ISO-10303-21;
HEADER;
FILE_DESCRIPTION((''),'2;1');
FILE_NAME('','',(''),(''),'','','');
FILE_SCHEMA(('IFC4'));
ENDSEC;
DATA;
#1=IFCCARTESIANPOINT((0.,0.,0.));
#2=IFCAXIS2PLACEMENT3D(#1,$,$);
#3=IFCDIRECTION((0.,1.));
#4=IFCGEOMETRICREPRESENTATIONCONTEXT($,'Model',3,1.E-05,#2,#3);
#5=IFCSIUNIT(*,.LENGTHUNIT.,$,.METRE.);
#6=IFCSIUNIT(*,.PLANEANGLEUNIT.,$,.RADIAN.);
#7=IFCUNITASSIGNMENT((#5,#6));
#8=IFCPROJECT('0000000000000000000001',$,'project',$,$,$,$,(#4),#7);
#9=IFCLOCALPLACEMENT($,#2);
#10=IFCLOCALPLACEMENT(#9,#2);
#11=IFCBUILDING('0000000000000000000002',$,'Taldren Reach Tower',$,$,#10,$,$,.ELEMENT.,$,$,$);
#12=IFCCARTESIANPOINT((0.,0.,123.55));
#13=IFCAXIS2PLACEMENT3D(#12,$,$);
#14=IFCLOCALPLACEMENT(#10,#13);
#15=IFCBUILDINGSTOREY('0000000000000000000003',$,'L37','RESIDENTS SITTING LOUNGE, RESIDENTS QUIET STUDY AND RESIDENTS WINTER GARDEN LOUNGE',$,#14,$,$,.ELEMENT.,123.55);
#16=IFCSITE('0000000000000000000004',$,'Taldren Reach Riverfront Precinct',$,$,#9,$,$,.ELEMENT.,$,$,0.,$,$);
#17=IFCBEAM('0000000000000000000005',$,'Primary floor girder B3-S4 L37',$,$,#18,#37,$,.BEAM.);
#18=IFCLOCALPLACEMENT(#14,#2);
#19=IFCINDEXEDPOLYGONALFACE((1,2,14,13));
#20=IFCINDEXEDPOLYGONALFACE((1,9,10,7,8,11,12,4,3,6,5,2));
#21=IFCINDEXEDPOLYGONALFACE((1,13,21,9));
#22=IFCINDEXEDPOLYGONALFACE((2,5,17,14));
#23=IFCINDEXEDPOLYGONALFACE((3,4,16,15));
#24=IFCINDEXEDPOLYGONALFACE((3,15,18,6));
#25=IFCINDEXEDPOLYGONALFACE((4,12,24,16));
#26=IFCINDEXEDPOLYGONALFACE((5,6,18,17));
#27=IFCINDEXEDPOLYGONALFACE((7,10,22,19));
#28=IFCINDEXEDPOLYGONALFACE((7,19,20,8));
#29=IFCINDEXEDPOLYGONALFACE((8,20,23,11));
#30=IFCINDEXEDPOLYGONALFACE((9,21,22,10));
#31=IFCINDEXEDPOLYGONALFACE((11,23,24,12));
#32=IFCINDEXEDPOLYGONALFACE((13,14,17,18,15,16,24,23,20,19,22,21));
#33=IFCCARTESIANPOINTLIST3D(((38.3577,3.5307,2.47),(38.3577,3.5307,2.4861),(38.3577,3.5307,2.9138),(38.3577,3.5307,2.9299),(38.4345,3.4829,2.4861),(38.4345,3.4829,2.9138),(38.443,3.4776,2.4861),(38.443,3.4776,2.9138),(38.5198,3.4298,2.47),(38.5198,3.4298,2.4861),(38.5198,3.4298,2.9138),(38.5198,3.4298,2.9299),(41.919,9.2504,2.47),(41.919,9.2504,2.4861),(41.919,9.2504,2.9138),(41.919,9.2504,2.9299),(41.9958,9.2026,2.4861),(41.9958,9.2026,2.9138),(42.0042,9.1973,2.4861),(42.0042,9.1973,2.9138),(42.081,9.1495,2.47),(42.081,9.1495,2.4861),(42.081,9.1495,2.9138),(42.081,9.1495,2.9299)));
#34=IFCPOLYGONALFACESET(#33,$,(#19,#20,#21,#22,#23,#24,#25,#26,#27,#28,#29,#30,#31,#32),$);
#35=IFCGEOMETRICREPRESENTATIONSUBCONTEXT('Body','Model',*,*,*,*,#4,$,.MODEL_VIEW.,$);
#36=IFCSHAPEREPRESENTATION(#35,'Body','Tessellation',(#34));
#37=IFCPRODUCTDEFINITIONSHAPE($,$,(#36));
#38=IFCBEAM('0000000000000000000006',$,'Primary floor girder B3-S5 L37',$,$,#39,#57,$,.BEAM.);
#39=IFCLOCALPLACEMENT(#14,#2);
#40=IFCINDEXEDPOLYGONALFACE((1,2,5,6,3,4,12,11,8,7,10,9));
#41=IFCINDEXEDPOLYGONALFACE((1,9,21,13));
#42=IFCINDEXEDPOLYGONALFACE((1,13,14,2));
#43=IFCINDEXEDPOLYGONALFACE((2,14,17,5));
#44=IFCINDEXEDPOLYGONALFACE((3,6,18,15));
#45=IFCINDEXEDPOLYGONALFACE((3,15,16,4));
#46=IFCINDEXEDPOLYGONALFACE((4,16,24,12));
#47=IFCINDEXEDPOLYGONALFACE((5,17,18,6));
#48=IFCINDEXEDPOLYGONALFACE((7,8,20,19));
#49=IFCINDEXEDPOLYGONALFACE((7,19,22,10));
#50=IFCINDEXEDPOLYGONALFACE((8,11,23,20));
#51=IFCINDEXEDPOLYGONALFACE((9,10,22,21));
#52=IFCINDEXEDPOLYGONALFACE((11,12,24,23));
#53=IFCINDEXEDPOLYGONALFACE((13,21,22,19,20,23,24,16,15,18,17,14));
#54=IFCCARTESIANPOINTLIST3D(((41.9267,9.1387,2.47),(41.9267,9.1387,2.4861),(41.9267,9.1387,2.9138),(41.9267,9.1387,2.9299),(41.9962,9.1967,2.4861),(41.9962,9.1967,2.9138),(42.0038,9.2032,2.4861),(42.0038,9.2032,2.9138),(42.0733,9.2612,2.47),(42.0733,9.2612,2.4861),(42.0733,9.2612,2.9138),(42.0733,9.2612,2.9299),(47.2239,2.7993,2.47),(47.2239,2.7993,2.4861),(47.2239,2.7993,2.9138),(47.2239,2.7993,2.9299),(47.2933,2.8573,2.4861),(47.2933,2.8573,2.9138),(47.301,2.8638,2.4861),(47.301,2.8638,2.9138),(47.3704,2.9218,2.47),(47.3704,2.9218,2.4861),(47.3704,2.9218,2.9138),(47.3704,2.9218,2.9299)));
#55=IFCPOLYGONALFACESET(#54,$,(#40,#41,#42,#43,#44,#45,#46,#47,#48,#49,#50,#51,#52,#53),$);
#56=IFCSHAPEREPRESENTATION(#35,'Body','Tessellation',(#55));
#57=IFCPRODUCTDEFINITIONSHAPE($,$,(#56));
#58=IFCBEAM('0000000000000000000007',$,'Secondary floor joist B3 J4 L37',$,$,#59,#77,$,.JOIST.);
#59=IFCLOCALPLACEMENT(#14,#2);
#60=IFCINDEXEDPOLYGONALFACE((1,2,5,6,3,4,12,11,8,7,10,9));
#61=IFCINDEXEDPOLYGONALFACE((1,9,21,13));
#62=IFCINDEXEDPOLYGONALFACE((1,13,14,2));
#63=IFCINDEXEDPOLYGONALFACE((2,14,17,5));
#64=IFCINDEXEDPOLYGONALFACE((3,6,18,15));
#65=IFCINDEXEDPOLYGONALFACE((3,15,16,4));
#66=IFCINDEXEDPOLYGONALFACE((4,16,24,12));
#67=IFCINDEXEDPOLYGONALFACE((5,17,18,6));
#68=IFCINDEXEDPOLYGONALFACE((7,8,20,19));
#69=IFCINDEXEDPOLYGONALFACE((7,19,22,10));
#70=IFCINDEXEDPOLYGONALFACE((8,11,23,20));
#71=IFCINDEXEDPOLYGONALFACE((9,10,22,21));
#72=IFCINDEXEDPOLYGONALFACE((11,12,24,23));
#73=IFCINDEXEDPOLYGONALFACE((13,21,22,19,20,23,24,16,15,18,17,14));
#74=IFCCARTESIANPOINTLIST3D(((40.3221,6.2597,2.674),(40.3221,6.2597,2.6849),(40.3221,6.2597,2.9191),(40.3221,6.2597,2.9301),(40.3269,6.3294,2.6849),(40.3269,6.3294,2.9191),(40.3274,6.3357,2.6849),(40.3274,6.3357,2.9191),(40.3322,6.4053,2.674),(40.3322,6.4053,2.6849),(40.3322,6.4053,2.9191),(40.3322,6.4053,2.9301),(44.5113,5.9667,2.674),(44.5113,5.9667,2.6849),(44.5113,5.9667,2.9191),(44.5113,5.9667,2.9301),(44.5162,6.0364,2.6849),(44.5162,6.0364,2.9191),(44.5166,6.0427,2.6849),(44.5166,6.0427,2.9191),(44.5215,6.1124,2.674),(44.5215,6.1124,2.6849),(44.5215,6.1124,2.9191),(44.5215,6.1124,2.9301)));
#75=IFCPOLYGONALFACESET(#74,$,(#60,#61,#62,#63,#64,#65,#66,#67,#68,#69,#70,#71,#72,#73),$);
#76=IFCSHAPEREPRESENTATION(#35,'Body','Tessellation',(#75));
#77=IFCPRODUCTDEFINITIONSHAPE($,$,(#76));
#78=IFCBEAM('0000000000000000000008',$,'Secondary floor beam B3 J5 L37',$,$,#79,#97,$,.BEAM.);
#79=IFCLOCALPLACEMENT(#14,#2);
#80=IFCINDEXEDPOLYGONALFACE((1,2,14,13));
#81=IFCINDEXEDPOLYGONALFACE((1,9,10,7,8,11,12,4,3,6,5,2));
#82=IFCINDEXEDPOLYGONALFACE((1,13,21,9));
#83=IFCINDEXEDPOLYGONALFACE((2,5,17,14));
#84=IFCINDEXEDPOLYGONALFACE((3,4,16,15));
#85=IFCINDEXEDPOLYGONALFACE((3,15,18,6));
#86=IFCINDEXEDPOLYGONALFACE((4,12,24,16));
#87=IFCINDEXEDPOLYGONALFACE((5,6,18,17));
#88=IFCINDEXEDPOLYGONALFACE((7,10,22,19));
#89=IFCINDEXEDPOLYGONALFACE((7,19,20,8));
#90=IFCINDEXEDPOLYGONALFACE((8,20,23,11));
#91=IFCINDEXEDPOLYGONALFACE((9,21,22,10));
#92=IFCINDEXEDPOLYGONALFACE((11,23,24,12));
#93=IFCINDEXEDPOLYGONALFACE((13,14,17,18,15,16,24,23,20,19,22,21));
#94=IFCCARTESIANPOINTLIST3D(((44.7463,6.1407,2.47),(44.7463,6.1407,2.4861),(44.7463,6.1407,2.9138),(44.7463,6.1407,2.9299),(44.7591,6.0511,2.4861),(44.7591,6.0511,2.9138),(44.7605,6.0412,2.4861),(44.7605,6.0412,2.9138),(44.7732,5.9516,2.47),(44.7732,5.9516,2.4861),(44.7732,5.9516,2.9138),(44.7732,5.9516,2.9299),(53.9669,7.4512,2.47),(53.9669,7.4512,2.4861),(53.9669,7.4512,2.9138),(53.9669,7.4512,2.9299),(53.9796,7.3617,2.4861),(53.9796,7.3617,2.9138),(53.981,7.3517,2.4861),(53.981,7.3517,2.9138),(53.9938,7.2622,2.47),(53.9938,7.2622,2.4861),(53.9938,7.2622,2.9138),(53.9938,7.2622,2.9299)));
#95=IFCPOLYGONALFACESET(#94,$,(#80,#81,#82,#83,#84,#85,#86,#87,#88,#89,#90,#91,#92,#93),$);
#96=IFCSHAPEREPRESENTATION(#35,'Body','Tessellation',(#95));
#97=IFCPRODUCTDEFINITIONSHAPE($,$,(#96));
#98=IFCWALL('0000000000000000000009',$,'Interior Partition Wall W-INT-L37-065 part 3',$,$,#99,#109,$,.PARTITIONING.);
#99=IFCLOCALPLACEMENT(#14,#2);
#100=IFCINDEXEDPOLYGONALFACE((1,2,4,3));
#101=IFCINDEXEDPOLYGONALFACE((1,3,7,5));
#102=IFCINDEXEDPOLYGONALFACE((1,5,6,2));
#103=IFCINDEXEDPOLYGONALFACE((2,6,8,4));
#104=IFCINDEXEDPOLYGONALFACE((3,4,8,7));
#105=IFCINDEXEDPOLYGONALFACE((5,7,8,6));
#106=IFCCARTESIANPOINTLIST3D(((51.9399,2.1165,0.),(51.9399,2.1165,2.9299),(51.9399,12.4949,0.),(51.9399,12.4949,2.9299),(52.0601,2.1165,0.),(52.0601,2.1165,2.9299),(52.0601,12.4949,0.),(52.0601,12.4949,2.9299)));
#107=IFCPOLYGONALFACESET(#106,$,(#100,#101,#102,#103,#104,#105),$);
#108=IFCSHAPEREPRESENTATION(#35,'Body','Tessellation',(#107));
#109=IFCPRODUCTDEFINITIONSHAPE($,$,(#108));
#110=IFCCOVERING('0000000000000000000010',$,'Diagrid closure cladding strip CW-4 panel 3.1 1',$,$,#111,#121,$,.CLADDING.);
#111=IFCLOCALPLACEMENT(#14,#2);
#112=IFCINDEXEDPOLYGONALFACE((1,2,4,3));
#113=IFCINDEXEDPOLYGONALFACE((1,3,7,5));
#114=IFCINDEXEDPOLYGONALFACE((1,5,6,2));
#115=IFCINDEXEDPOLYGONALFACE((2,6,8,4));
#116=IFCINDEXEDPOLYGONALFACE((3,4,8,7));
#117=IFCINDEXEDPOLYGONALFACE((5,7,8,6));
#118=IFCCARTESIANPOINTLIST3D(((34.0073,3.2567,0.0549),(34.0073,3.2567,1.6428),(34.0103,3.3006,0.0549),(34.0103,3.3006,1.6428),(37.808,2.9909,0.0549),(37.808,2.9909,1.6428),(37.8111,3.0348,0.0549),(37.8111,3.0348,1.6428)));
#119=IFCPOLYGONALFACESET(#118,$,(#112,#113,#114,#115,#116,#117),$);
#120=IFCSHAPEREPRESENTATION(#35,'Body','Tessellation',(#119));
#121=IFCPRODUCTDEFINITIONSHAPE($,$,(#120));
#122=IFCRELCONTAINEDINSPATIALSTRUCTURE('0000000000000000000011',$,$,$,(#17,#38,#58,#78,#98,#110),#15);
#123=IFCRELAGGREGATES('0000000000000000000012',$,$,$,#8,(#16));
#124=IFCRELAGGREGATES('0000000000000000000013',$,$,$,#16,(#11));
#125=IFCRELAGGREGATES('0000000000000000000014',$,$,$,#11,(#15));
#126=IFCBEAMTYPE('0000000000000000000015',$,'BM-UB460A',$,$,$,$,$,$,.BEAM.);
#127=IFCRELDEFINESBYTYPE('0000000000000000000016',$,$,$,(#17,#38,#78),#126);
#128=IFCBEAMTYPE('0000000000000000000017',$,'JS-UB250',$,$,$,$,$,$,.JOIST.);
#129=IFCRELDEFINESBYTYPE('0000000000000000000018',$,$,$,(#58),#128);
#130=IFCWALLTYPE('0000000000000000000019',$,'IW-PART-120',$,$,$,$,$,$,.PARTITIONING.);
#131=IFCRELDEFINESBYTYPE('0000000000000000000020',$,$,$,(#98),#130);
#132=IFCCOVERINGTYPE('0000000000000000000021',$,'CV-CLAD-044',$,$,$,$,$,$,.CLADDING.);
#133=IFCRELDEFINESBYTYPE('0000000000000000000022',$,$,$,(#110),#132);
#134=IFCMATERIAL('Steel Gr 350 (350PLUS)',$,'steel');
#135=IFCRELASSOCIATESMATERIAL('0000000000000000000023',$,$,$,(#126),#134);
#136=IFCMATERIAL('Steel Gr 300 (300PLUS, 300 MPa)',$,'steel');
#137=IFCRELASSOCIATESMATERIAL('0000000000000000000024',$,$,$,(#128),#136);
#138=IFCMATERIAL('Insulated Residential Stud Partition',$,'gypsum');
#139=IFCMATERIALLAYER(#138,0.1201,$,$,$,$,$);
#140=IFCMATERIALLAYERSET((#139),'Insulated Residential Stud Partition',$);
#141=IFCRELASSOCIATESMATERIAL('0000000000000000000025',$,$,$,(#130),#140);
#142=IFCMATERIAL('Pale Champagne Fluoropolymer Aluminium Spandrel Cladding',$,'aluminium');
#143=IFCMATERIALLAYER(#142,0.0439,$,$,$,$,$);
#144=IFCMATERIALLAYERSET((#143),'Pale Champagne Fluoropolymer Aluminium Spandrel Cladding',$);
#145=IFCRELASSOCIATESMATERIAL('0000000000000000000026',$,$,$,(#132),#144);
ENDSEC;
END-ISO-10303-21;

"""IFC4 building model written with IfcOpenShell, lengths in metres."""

from ifc_helpers import new_model, si_unit, direction, frame, frame_2d, origin, origin_2d, place, context, subcontext, project, spatial, rectangle, i_section, extrude, source, transform, mapped, material, layer, layer_set, material_profile, profile_set, type_object, element, save


model = new_model("IFC4")

# Units and contexts
model_context = context("Model", 3, precision=1e-05, world=origin(), true_north=direction((0.0, 1.0)))
body_context = subcontext(model_context, "Body", "Model", "MODEL_VIEW")
ifc_project = project(units=[si_unit("LENGTHUNIT", "METRE"), si_unit("PLANEANGLEUNIT", "RADIAN")], contexts=[model_context])

# Site, building, storey
site_placement = place(None, origin())
site = spatial("IfcSite", under=ifc_project, at=site_placement, Name="Taldren Reach Riverfront Precinct", CompositionType="ELEMENT", RefElevation=0.0)
building_placement = place(site_placement, origin())
building = spatial("IfcBuilding", under=site, at=building_placement, Name="Taldren Reach Tower", CompositionType="ELEMENT")
storey_placement = place(building_placement, frame((0.0, 0.0, 123.55)))
storey = spatial("IfcBuildingStorey", under=building, at=storey_placement, Name="L37", Description="RESIDENTS SITTING LOUNGE, RESIDENTS QUIET STUDY AND RESIDENTS WINTER GARDEN LOUNGE", CompositionType="ELEMENT", Elevation=123.55)

# Shared definitions
ifc_material_1 = material(Name="Steel Gr 350 (350PLUS)", Category="steel")

# Beams
ifc_material_profile_1 = material_profile(ifc_material_1, i_section(OverallWidth=0.1909, OverallDepth=0.46, WebThickness=0.01, FlangeThickness=0.0161, at=origin_2d()), Name="460UB82.1")
ifc_profile_set_1 = profile_set([ifc_material_profile_1], Name="Steel Gr 350 (350PLUS)")
beam_type_1 = type_object("IfcBeamType", Name="BM-UB460A", PredefinedType="BEAM", material=ifc_profile_set_1)
shared_shape_1 = source(origin(), body_context, "Body", "SweptSolid", [
    extrude(i_section(OverallWidth=0.1909, OverallDepth=0.46, WebThickness=0.01, FlangeThickness=0.0161, at=origin_2d()), origin(), (0.0, 0.0, 1.0), 6.7378),
])
beam_1_placement = place(storey_placement, frame((42.0, 9.2, 2.7), z_axis=(-0.528552, -0.848901, 0.0), x_axis=(0.848901, -0.528552, 0.0)))
element("IfcBeam", 1, at=beam_1_placement, inside=storey, type_object=beam_type_1, Name="Primary floor girder B3-S4 L37", PredefinedType="BEAM", context=body_context, shape_type="MappedRepresentation", body=[
    mapped(shared_shape_1, transform((0.0, 0.0, 0.0), scale=1.0)),
])
shared_shape_2 = source(origin(), body_context, "Body", "SweptSolid", [
    extrude(i_section(OverallWidth=0.1909, OverallDepth=0.46, WebThickness=0.01, FlangeThickness=0.0161, at=origin_2d()), origin(), (0.0, 0.0, 1.0), 8.2612),
])
beam_2_placement = place(storey_placement, frame((42.0, 9.2, 2.7), z_axis=(0.641207, -0.767368, 0.0), x_axis=(0.767368, 0.641207, 0.0)))
element("IfcBeam", 2, at=beam_2_placement, inside=storey, type_object=beam_type_1, Name="Primary floor girder B3-S5 L37", PredefinedType="BEAM", context=body_context, shape_type="MappedRepresentation", body=[
    mapped(shared_shape_2, transform((0.0, 0.0, 0.0), scale=1.0)),
])
ifc_material_2 = material(Name="Steel Gr 300 (300PLUS, 300 MPa)", Category="steel")
ifc_material_profile_2 = material_profile(ifc_material_2, i_section(OverallWidth=0.146, OverallDepth=0.2561, WebThickness=0.0063, FlangeThickness=0.011, at=origin_2d()), Name="250UB37.3")
ifc_profile_set_2 = profile_set([ifc_material_profile_2], Name="Steel Gr 300 (300PLUS, 300 MPa)")
beam_type_2 = type_object("IfcBeamType", Name="JS-UB250", PredefinedType="JOIST", material=ifc_profile_set_2)
shared_shape_3 = source(origin(), body_context, "Body", "SweptSolid", [
    extrude(i_section(OverallWidth=0.146, OverallDepth=0.2561, WebThickness=0.0063, FlangeThickness=0.011, at=origin_2d()), origin(), (0.0, 0.0, 1.0), 4.1995),
])
beam_3_placement = place(storey_placement, frame((40.3271, 6.3325, 2.802), z_axis=(0.997564, -0.069764, 0.0), x_axis=(0.069764, 0.997564, 0.0)))
element("IfcBeam", 3, at=beam_3_placement, inside=storey, type_object=beam_type_2, Name="Secondary floor joist B3 J4 L37", PredefinedType="JOIST", context=body_context, shape_type="MappedRepresentation", body=[
    mapped(shared_shape_3, transform((0.0, 0.0, 0.0), scale=1.0)),
])
shared_shape_4 = source(origin(), body_context, "Body", "SweptSolid", [
    extrude(i_section(OverallWidth=0.1909, OverallDepth=0.46, WebThickness=0.01, FlangeThickness=0.0161, at=origin_2d()), origin(), (0.0, 0.0, 1.0), 9.3132),
])
beam_4_placement = place(storey_placement, frame((44.7598, 6.0461, 2.7), z_axis=(0.990049, 0.14072, 0.0), x_axis=(-0.14072, 0.990049, 0.0)))
element("IfcBeam", 4, at=beam_4_placement, inside=storey, type_object=beam_type_1, Name="Secondary floor beam B3 J5 L37", PredefinedType="BEAM", context=body_context, shape_type="MappedRepresentation", body=[
    mapped(shared_shape_4, transform((0.0, 0.0, 0.0), scale=1.0)),
])

# Wall
ifc_material_3 = material(Name="Insulated Residential Stud Partition", Category="gypsum")
ifc_layer_1 = layer(ifc_material_3, 0.1201)
ifc_layer_set_1 = layer_set([ifc_layer_1], Name="Insulated Residential Stud Partition")
wall_type = type_object("IfcWallType", Name="IW-PART-120", PredefinedType="PARTITIONING", material=ifc_layer_set_1)
shared_shape_5 = source(origin(), body_context, "Body", "SweptSolid", [
    extrude(rectangle(XDim=10.3784, YDim=0.1201, at=frame_2d((5.1892, 0.0))), origin(), (0.0, 0.0, 1.0), 2.9299),
])
wall_placement = place(storey_placement, frame((52.0, 12.4949, 0.0), z_axis=(0.0, 0.0, 1.0), x_axis=(0.0, -1.0, 0.0)))
element("IfcWall", 5, at=wall_placement, inside=storey, type_object=wall_type, Name="Interior Partition Wall W-INT-L37-065 part 3", PredefinedType="PARTITIONING", context=body_context, shape_type="MappedRepresentation", body=[
    mapped(shared_shape_5, transform((0.0, 0.0, 0.0), scale=1.0)),
])

# Covering
ifc_material_4 = material(Name="Pale Champagne Fluoropolymer Aluminium Spandrel Cladding", Category="aluminium")
ifc_layer_2 = layer(ifc_material_4, 0.0439)
ifc_layer_set_2 = layer_set([ifc_layer_2], Name="Pale Champagne Fluoropolymer Aluminium Spandrel Cladding")
covering_type = type_object("IfcCoveringType", Name="CV-CLAD-044", PredefinedType="CLADDING", material=ifc_layer_set_2)
shared_shape_6 = source(origin(), body_context, "Body", "SweptSolid", [
    extrude(rectangle(XDim=3.8101, YDim=0.0439, at=origin_2d()), origin(), (0.0, 0.0, 1.0), 1.5879),
])
covering_placement = place(storey_placement, frame((35.9092, 3.1458, 0.0549), z_axis=(0.0, 0.0, 1.0), x_axis=(0.997564, -0.069757, 0.0)))
element("IfcCovering", 6, at=covering_placement, inside=storey, type_object=covering_type, Name="Diagrid closure cladding strip CW-4 panel 3.1 1", PredefinedType="CLADDING", context=body_context, shape_type="MappedRepresentation", body=[
    mapped(shared_shape_6, transform((0.0, 0.0, 0.0), scale=1.0)),
])

save(model, "model.ifc")
